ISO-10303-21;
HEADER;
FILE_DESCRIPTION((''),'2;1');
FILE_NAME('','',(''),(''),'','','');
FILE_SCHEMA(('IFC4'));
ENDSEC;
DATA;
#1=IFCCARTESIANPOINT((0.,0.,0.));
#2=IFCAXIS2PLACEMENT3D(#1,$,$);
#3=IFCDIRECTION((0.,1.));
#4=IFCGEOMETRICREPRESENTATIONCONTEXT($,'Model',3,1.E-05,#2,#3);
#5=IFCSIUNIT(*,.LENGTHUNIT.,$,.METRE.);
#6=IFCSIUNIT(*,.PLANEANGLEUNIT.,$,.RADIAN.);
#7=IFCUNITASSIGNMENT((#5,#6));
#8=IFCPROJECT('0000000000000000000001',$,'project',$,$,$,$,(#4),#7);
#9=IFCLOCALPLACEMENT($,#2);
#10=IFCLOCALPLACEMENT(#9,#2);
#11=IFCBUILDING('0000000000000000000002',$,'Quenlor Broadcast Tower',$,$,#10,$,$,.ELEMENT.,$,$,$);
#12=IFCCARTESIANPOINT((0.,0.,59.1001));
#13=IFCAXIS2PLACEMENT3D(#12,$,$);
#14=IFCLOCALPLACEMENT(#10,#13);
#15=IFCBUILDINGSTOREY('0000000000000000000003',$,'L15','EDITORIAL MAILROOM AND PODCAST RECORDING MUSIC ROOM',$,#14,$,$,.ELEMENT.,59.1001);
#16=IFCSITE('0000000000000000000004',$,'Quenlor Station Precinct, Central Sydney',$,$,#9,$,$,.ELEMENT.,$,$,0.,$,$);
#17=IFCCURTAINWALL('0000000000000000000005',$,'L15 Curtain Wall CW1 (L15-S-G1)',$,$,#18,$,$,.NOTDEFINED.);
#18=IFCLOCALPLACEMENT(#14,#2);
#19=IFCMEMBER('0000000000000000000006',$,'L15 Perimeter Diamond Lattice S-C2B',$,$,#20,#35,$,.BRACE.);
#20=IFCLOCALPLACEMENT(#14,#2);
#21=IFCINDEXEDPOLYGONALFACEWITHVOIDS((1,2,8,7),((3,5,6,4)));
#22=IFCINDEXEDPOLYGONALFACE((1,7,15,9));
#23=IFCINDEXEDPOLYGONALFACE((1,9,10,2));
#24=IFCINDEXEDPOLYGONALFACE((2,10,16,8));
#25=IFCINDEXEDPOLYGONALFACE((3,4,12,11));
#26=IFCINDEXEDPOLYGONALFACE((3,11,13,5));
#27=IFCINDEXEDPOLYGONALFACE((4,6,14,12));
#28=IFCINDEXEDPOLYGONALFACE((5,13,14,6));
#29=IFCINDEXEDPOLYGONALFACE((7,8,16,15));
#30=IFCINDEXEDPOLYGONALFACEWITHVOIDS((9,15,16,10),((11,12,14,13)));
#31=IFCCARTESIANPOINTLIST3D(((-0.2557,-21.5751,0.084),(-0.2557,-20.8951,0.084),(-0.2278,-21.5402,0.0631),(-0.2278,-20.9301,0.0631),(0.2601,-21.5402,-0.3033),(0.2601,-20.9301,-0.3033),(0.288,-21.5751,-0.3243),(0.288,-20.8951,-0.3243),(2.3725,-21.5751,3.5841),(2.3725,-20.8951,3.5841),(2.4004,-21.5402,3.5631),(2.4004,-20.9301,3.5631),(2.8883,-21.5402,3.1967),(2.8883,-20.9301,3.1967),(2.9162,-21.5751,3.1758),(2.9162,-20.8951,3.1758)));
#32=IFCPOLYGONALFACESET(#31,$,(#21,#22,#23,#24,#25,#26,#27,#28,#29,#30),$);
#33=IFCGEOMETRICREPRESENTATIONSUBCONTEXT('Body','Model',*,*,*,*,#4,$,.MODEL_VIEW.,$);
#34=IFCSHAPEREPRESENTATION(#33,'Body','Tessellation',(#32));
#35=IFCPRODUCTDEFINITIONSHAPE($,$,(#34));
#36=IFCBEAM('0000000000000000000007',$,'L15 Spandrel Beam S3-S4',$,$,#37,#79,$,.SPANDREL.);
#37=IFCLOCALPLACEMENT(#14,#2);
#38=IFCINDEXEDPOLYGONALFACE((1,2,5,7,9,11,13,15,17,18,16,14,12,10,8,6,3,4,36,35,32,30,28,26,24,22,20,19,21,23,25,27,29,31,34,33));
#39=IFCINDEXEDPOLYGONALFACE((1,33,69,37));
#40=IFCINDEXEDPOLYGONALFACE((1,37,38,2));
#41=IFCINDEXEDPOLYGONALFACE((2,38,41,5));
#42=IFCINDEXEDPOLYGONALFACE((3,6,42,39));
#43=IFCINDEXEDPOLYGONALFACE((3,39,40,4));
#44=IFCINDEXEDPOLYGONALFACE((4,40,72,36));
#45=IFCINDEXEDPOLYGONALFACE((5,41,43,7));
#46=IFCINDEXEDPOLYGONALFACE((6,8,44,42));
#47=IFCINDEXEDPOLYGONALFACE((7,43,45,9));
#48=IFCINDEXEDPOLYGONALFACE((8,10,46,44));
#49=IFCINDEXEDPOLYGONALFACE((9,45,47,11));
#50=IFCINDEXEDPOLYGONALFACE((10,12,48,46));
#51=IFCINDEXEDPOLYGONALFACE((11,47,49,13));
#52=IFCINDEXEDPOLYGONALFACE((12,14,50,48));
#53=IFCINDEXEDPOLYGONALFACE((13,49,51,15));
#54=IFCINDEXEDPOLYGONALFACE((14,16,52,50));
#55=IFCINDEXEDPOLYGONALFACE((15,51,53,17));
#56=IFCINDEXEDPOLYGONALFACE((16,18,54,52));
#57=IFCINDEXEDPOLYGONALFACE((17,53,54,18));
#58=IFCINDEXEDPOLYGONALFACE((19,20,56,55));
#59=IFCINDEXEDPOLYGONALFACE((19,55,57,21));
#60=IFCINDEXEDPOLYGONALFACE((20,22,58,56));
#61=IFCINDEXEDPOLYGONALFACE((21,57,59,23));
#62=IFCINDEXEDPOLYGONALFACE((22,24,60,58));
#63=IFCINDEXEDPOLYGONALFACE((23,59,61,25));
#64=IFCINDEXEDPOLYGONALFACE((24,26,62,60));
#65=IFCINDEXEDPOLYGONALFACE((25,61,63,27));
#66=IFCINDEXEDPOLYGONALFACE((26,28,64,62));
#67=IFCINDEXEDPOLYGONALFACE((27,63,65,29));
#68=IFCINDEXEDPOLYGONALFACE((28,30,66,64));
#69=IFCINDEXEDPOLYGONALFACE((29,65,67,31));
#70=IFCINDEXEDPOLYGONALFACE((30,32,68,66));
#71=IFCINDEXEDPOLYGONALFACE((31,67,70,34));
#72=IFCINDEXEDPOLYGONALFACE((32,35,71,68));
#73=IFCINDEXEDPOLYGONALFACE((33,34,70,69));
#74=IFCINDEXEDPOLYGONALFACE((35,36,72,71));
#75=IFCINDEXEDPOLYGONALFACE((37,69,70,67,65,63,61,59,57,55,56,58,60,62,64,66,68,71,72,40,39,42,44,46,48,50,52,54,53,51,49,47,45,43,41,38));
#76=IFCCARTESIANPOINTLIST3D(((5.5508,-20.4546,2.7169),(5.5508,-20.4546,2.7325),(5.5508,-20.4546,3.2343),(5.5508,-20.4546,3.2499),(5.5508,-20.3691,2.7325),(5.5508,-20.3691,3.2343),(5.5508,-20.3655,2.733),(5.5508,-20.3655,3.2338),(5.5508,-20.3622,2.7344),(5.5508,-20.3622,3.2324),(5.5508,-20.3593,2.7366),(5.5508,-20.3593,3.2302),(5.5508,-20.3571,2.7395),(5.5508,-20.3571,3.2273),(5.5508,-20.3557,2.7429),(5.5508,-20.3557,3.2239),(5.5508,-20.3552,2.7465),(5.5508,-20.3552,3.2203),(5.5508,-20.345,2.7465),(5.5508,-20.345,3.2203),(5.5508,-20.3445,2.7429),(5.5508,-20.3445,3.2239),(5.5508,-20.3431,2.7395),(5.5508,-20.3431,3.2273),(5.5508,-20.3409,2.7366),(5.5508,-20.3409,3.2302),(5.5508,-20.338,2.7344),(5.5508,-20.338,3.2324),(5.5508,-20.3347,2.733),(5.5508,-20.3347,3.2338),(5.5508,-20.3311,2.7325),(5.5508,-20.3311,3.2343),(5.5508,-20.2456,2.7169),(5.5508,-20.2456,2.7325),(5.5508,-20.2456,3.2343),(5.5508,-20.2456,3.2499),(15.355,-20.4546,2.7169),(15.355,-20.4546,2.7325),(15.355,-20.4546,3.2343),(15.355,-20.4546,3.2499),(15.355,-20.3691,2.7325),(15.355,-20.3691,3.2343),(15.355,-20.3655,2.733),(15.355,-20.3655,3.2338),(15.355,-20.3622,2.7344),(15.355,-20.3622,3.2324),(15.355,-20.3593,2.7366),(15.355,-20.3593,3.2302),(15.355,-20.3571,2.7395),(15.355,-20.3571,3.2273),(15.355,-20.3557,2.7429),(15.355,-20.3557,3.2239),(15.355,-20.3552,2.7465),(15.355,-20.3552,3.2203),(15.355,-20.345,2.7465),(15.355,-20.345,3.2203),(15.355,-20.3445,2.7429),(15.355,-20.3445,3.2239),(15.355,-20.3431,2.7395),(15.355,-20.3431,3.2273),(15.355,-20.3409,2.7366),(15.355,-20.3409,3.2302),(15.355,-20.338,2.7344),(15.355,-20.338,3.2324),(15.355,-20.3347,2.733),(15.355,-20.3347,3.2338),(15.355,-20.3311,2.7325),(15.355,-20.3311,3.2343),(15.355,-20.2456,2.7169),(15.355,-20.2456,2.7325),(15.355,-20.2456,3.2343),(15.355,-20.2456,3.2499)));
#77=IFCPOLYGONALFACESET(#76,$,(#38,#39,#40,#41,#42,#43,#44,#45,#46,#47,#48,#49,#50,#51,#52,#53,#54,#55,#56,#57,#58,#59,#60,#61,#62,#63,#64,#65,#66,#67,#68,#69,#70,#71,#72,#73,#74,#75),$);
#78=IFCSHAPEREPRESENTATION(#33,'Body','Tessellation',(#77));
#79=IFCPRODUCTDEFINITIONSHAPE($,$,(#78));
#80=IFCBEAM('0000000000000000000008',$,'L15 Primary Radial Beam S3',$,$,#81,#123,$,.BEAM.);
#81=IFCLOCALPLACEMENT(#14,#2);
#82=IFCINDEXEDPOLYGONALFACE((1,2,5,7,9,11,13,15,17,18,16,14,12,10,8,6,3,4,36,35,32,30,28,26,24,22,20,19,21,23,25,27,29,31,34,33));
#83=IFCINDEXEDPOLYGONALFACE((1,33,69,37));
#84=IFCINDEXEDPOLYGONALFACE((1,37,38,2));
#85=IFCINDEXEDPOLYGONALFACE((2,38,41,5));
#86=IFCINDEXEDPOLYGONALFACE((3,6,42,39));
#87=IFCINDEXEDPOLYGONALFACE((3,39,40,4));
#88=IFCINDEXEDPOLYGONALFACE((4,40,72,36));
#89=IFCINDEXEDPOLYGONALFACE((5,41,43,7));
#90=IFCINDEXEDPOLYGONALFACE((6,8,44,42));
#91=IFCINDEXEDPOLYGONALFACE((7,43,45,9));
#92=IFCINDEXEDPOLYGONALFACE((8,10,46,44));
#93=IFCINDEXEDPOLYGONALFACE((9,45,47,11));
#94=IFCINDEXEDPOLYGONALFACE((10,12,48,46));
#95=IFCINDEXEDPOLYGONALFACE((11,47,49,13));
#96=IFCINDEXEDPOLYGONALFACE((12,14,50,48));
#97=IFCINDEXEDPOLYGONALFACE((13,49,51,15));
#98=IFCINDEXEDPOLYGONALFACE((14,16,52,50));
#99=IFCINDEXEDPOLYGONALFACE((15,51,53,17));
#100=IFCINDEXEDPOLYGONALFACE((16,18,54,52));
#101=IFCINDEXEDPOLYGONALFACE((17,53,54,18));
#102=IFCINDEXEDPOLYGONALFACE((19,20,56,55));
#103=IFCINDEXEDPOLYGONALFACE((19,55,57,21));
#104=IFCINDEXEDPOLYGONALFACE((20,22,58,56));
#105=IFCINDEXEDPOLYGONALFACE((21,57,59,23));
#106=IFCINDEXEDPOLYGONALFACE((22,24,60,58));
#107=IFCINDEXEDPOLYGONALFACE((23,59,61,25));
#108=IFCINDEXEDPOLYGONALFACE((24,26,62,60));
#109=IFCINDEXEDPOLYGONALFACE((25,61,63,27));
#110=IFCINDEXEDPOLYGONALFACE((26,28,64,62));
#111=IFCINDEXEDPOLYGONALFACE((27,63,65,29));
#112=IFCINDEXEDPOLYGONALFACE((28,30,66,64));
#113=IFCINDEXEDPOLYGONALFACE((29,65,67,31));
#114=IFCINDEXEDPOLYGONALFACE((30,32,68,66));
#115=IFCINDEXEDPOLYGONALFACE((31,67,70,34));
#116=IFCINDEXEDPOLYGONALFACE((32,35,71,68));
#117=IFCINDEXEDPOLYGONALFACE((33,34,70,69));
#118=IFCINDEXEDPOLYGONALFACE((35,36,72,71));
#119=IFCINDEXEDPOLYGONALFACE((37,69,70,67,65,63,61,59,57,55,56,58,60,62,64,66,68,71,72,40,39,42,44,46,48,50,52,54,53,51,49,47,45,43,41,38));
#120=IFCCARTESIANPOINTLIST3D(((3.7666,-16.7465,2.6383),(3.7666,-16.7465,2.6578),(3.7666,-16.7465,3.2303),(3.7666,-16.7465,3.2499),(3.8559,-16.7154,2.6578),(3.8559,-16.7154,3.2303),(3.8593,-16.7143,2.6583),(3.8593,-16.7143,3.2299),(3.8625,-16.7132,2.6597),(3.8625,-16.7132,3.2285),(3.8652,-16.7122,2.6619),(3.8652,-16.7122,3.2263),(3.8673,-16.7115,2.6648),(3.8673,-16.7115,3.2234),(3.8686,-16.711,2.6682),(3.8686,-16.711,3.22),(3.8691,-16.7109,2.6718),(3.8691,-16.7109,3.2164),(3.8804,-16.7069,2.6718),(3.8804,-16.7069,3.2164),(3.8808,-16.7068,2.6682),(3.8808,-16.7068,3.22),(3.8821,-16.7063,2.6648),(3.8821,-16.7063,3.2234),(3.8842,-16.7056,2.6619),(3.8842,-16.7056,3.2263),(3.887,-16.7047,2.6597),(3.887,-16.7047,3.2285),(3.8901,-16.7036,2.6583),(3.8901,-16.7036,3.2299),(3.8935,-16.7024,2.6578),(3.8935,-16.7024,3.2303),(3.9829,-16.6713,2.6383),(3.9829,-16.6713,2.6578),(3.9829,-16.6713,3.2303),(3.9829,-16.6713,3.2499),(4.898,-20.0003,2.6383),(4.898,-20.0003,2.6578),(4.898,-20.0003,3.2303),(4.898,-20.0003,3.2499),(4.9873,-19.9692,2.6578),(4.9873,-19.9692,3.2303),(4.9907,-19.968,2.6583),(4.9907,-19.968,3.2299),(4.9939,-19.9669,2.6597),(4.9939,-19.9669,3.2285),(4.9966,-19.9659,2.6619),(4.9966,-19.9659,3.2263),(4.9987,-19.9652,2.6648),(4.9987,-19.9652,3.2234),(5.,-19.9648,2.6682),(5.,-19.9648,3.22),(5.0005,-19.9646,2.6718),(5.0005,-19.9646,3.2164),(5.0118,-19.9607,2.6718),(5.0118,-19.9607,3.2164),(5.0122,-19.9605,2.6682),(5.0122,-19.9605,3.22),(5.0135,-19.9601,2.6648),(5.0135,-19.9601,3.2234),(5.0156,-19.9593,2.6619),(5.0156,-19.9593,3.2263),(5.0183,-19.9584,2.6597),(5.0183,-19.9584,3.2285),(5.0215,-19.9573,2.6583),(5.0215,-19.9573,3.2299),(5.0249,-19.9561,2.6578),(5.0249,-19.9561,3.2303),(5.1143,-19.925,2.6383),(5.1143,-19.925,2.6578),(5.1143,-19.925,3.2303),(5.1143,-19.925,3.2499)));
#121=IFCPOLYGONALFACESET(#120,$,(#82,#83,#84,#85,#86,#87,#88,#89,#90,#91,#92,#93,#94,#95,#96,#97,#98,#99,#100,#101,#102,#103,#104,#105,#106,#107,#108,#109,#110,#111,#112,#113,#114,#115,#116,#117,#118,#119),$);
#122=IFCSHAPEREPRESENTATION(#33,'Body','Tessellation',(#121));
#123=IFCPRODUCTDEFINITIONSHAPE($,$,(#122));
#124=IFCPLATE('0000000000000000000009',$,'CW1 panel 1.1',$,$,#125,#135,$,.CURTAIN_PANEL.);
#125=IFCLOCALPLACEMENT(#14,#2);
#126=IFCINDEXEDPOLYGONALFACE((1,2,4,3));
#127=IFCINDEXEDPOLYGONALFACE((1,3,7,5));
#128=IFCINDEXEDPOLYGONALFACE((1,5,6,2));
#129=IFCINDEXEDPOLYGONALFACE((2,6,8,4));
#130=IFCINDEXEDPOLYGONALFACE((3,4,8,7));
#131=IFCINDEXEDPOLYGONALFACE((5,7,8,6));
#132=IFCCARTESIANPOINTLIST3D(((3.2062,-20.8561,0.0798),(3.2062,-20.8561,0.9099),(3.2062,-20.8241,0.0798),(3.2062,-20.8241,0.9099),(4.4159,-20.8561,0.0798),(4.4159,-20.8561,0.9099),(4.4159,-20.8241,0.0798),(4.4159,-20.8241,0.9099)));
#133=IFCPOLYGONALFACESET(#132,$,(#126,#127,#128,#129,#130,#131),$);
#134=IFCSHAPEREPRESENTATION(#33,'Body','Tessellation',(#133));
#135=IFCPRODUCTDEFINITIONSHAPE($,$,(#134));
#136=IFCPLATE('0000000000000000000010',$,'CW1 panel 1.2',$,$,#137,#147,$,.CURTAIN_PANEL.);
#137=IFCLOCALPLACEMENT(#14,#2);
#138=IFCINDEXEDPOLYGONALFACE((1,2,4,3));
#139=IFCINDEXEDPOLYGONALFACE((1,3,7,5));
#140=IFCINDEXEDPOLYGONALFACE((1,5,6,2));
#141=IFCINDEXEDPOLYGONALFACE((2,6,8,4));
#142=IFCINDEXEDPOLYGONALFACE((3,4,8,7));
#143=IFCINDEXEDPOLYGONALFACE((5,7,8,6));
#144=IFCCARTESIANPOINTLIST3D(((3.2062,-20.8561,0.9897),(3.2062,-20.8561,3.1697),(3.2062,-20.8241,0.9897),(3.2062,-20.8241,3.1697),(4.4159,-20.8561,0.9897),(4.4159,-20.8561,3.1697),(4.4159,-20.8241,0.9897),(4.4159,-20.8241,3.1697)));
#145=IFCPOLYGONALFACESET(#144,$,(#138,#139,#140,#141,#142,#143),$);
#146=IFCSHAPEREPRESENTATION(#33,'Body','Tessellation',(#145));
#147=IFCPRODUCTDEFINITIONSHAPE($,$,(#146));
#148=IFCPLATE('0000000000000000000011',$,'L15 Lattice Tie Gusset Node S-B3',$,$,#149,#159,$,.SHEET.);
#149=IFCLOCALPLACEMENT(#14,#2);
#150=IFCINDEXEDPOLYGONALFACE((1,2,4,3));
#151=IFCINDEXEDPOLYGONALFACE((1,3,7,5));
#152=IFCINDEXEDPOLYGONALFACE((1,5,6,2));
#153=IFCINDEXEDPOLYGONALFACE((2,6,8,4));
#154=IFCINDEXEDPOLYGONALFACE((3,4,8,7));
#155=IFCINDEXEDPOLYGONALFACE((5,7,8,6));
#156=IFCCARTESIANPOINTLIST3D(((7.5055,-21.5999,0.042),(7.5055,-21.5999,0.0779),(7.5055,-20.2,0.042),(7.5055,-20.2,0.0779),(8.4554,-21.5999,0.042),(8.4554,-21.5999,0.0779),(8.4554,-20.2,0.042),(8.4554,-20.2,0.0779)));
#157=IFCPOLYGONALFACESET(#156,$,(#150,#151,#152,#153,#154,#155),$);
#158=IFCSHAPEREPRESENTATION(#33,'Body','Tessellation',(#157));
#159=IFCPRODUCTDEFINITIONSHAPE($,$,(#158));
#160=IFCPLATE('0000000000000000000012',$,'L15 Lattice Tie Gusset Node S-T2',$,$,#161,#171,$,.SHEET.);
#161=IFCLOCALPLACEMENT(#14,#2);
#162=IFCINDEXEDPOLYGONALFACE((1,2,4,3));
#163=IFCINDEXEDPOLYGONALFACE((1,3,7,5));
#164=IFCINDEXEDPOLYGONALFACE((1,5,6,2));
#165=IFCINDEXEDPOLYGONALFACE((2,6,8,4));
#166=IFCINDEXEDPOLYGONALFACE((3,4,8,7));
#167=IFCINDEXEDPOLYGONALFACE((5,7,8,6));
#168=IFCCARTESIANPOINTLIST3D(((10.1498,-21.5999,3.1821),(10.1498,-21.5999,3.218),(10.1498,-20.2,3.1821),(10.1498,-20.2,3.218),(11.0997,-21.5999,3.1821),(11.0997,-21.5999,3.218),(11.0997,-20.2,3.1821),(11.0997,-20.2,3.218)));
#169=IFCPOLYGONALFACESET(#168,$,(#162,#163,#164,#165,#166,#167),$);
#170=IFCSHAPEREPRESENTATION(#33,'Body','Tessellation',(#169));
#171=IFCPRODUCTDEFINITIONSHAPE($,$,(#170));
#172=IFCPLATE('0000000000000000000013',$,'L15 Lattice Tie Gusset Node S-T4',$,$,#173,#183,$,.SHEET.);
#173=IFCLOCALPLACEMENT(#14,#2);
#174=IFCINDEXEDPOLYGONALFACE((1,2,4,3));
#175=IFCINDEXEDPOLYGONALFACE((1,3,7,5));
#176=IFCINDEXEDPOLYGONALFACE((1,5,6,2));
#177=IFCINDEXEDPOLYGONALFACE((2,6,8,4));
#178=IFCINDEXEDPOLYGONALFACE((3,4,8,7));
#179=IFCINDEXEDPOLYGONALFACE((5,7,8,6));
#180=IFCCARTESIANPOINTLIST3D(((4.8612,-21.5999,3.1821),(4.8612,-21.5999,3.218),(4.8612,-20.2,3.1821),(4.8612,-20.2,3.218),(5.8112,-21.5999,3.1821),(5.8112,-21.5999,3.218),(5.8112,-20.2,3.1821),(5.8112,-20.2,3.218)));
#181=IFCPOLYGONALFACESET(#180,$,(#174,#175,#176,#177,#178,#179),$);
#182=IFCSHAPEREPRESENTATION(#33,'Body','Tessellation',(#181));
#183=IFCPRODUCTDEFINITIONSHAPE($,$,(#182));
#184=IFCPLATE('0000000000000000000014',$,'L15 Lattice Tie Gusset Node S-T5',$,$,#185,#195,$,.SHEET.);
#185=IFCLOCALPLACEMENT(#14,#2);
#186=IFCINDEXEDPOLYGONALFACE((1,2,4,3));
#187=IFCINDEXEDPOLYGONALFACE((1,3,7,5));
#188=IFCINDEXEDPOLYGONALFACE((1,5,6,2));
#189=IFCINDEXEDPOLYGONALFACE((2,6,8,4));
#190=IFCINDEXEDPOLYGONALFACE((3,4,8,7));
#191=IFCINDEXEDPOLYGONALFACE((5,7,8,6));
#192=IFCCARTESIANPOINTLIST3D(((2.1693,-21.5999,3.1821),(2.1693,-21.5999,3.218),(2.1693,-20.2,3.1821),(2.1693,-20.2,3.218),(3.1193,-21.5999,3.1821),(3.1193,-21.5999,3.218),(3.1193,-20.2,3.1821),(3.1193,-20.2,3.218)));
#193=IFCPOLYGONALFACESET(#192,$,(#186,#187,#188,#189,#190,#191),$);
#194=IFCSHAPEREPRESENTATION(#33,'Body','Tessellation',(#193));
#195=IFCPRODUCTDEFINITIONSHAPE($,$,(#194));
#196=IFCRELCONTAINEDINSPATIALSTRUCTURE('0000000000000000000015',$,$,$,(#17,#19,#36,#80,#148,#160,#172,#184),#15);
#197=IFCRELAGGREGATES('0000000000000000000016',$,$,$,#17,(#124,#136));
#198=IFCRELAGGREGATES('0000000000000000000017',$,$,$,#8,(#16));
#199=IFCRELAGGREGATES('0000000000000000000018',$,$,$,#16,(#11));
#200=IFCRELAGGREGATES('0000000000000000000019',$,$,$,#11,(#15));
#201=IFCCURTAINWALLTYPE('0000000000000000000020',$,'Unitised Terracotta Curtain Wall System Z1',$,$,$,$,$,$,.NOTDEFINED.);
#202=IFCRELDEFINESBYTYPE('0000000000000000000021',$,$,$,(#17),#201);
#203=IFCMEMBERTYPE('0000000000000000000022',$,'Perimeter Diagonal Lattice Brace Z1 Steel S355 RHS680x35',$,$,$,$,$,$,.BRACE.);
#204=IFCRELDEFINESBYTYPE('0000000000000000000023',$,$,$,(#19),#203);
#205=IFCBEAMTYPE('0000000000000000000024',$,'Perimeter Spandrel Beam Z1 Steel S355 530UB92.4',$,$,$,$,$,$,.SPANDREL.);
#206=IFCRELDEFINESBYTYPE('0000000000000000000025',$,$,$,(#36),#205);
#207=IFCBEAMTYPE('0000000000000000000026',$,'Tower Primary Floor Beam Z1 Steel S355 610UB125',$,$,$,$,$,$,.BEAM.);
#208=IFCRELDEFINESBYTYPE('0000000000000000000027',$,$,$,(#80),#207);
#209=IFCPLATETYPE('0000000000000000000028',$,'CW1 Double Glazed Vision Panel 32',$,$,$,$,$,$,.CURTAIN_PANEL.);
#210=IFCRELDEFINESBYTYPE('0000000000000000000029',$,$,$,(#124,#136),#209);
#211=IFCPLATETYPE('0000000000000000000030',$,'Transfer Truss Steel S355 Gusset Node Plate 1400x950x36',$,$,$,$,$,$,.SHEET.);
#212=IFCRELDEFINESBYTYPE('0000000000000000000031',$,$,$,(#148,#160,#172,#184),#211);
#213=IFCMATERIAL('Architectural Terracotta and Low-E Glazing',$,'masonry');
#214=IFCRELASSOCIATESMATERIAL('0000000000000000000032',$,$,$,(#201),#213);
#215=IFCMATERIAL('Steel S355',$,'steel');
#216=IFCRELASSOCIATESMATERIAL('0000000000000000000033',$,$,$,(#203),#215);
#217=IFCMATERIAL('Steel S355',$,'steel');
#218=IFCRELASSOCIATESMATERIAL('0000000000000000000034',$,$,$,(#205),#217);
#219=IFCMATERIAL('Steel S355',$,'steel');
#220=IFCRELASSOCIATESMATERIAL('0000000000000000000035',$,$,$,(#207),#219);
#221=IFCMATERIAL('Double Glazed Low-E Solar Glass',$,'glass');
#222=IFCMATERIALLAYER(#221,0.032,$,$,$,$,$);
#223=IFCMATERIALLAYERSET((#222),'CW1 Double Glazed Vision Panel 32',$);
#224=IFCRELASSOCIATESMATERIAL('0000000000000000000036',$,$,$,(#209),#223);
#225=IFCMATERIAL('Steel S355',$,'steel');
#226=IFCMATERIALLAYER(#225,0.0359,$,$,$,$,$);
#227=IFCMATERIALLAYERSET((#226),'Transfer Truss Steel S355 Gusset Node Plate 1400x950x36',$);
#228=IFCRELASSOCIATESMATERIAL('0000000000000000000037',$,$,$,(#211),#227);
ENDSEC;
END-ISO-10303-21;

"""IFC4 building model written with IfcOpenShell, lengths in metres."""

from ifc_helpers import new_model, si_unit, direction, frame, origin, origin_2d, place, context, subcontext, project, spatial, rectangle, hollow_rectangle, i_section, extrude, material, layer, layer_set, material_profile, profile_set, type_object, element, aggregate, save


model = new_model("IFC4")

# Units and contexts
model_context = context("Model", 3, precision=1e-05, world=origin(), true_north=direction((0.0, 1.0)))
body_context = subcontext(model_context, "Body", "Model", "MODEL_VIEW")
ifc_project = project(units=[si_unit("LENGTHUNIT", "METRE"), si_unit("PLANEANGLEUNIT", "RADIAN")], contexts=[model_context])

# Site, building, storey
site_placement = place(None, origin())
site = spatial("IfcSite", under=ifc_project, at=site_placement, Name="Quenlor Station Precinct, Central Sydney", CompositionType="ELEMENT", RefElevation=0.0)
building_placement = place(site_placement, origin())
building = spatial("IfcBuilding", under=site, at=building_placement, Name="Quenlor Broadcast Tower", CompositionType="ELEMENT")
storey_placement = place(building_placement, frame((0.0, 0.0, 59.1001)))
storey = spatial("IfcBuildingStorey", under=building, at=storey_placement, Name="L15", Description="EDITORIAL MAILROOM AND PODCAST RECORDING MUSIC ROOM", CompositionType="ELEMENT", Elevation=59.1001)

# Curtain wall
ifc_material_1 = material(Name="Architectural Terracotta and Low-E Glazing", Category="masonry")
curtain_wall_type = type_object("IfcCurtainWallType", Name="Unitised Terracotta Curtain Wall System Z1", PredefinedType="NOTDEFINED", material=ifc_material_1)
curtain_wall_placement = place(storey_placement, origin())
curtain_wall = element("IfcCurtainWall", 1, at=curtain_wall_placement, inside=storey, type_object=curtain_wall_type, Name="L15 Curtain Wall CW1 (L15-S-G1)", PredefinedType="NOTDEFINED")

# Member
ifc_material_2 = material(Name="Steel S355", Category="steel")
ifc_material_profile_1 = material_profile(ifc_material_2, hollow_rectangle(XDim=0.6799, YDim=0.6799, WallThickness=0.0349, at=origin_2d()))
ifc_profile_set_1 = profile_set([ifc_material_profile_1], Name="Steel S355 RHS680x680x35")
member_type_1 = type_object("IfcMemberType", Name="Perimeter Diagonal Lattice Brace Z1 Steel S355 RHS680x35", PredefinedType="BRACE", material=ifc_profile_set_1)
for number, where, z_axis, x_axis, name in (
    (2, (0.0161, -21.2351, -0.1201), (0.600464, 0.0, 0.799652), (0.0, 1.0, 0.0), "L15 Perimeter Diamond Lattice S-C2B"),
):
    element("IfcMember", number, at=place(storey_placement, frame(where, z_axis=z_axis, x_axis=x_axis)), inside=storey, type_object=member_type_1, Name=name, PredefinedType="BRACE", context=body_context, shape_type="SweptSolid", body=[
        extrude(hollow_rectangle(XDim=0.6799, YDim=0.6799, WallThickness=0.0349, at=origin_2d()), origin(), (0.0, 0.0, 1.0), 4.377),
    ])

# Beams
ifc_material_3 = material(Name="Steel S355", Category="steel")
ifc_material_profile_2 = material_profile(ifc_material_3, i_section(OverallWidth=0.209, OverallDepth=0.533, WebThickness=0.0103, FlangeThickness=0.0156, FilletRadius=0.0139, at=origin_2d()))
ifc_profile_set_2 = profile_set([ifc_material_profile_2], Name="Steel S355 530UB92.4")
beam_type_1 = type_object("IfcBeamType", Name="Perimeter Spandrel Beam Z1 Steel S355 530UB92.4", PredefinedType="SPANDREL", material=ifc_profile_set_2)
beam_1_placement = place(storey_placement, frame((5.5508, -20.3501, 2.9834), z_axis=(1.0, 0.0, 0.0), x_axis=(0.0, 1.0, 0.0)))
element("IfcBeam", 3, at=beam_1_placement, inside=storey, type_object=beam_type_1, Name="L15 Spandrel Beam S3-S4", PredefinedType="SPANDREL", context=body_context, shape_type="SweptSolid", body=[
    extrude(i_section(OverallWidth=0.209, OverallDepth=0.533, WebThickness=0.0103, FlangeThickness=0.0156, FilletRadius=0.0139, at=origin_2d()), origin(), (0.0, 0.0, 1.0), 9.8042),
])
ifc_material_4 = material(Name="Steel S355", Category="steel")
ifc_material_profile_3 = material_profile(ifc_material_4, i_section(OverallWidth=0.229, OverallDepth=0.6116, WebThickness=0.012, FlangeThickness=0.0195, FilletRadius=0.0139, at=origin_2d()))
ifc_profile_set_3 = profile_set([ifc_material_profile_3], Name="Steel S355 610UB125")
beam_type_2 = type_object("IfcBeamType", Name="Tower Primary Floor Beam Z1 Steel S355 610UB125", PredefinedType="BEAM", material=ifc_profile_set_3)
beam_2_placement = place(storey_placement, frame((5.0061, -19.9626, 2.9441), z_axis=(-0.328427, 0.944529, 0.0), x_axis=(-0.944529, -0.328427, 0.0)))
element("IfcBeam", 4, at=beam_2_placement, inside=storey, type_object=beam_type_2, Name="L15 Primary Radial Beam S3", PredefinedType="BEAM", context=body_context, shape_type="SweptSolid", body=[
    extrude(i_section(OverallWidth=0.229, OverallDepth=0.6116, WebThickness=0.012, FlangeThickness=0.0195, FilletRadius=0.0139, at=origin_2d()), origin(), (0.0, 0.0, 1.0), 3.4448),
])

# Plates
ifc_material_5 = material(Name="Double Glazed Low-E Solar Glass", Category="glass")
ifc_layer_1 = layer(ifc_material_5, 0.032)
ifc_layer_set_1 = layer_set([ifc_layer_1], Name="CW1 Double Glazed Vision Panel 32")
plate_type_1 = type_object("IfcPlateType", Name="CW1 Double Glazed Vision Panel 32", PredefinedType="CURTAIN_PANEL", material=ifc_layer_set_1)
plate_1_placement = place(storey_placement, frame((3.811, -20.8401, 0.0798), z_axis=(0.0, 0.0, 1.0), x_axis=(-1.0, 0.0, 0.0)))
plate_1 = element("IfcPlate", 5, at=plate_1_placement, type_object=plate_type_1, Name="CW1 panel 1.1", PredefinedType="CURTAIN_PANEL", context=body_context, shape_type="SweptSolid", body=[
    extrude(rectangle(XDim=1.2097, YDim=0.032, at=origin_2d()), origin(), (0.0, 0.0, 1.0), 0.8301),
])
plate_2_placement = place(storey_placement, frame((3.811, -20.8401, 0.9897), z_axis=(0.0, 0.0, 1.0), x_axis=(-1.0, 0.0, 0.0)))
plate_2 = element("IfcPlate", 6, at=plate_2_placement, type_object=plate_type_1, Name="CW1 panel 1.2", PredefinedType="CURTAIN_PANEL", context=body_context, shape_type="SweptSolid", body=[
    extrude(rectangle(XDim=1.2097, YDim=0.032, at=origin_2d()), origin(), (0.0, 0.0, 1.0), 2.1799),
])
aggregate(curtain_wall, [plate_1, plate_2])

# Plates
ifc_material_6 = material(Name="Steel S355", Category="steel")
ifc_layer_2 = layer(ifc_material_6, 0.0359)
ifc_layer_set_2 = layer_set([ifc_layer_2], Name="Transfer Truss Steel S355 Gusset Node Plate 1400x950x36")
plate_type_2 = type_object("IfcPlateType", Name="Transfer Truss Steel S355 Gusset Node Plate 1400x950x36", PredefinedType="SHEET", material=ifc_layer_set_2)
for number, where, z_axis, x_axis, name in (
    (7, (7.9805, -20.8999, 0.042), (0.0, 0.0, 1.0), (0.0, -1.0, 0.0), "L15 Lattice Tie Gusset Node S-B3"),
    (8, (10.6248, -20.8999, 3.1821), (0.0, 0.0, 1.0), (0.0, -1.0, 0.0), "L15 Lattice Tie Gusset Node S-T2"),
    (9, (5.3362, -20.8999, 3.1821), (0.0, 0.0, 1.0), (0.0, -1.0, 0.0), "L15 Lattice Tie Gusset Node S-T4"),
    (10, (2.6443, -20.8999, 3.1821), (0.0, 0.0, 1.0), (0.0, -1.0, 0.0), "L15 Lattice Tie Gusset Node S-T5"),
):
    element("IfcPlate", number, at=place(storey_placement, frame(where, z_axis=z_axis, x_axis=x_axis)), inside=storey, type_object=plate_type_2, Name=name, PredefinedType="SHEET", context=body_context, shape_type="SweptSolid", body=[
        extrude(rectangle(XDim=1.3999, YDim=0.95, at=origin_2d()), origin(), (0.0, 0.0, 1.0), 0.0359),
    ])

save(model, "model.ifc")
